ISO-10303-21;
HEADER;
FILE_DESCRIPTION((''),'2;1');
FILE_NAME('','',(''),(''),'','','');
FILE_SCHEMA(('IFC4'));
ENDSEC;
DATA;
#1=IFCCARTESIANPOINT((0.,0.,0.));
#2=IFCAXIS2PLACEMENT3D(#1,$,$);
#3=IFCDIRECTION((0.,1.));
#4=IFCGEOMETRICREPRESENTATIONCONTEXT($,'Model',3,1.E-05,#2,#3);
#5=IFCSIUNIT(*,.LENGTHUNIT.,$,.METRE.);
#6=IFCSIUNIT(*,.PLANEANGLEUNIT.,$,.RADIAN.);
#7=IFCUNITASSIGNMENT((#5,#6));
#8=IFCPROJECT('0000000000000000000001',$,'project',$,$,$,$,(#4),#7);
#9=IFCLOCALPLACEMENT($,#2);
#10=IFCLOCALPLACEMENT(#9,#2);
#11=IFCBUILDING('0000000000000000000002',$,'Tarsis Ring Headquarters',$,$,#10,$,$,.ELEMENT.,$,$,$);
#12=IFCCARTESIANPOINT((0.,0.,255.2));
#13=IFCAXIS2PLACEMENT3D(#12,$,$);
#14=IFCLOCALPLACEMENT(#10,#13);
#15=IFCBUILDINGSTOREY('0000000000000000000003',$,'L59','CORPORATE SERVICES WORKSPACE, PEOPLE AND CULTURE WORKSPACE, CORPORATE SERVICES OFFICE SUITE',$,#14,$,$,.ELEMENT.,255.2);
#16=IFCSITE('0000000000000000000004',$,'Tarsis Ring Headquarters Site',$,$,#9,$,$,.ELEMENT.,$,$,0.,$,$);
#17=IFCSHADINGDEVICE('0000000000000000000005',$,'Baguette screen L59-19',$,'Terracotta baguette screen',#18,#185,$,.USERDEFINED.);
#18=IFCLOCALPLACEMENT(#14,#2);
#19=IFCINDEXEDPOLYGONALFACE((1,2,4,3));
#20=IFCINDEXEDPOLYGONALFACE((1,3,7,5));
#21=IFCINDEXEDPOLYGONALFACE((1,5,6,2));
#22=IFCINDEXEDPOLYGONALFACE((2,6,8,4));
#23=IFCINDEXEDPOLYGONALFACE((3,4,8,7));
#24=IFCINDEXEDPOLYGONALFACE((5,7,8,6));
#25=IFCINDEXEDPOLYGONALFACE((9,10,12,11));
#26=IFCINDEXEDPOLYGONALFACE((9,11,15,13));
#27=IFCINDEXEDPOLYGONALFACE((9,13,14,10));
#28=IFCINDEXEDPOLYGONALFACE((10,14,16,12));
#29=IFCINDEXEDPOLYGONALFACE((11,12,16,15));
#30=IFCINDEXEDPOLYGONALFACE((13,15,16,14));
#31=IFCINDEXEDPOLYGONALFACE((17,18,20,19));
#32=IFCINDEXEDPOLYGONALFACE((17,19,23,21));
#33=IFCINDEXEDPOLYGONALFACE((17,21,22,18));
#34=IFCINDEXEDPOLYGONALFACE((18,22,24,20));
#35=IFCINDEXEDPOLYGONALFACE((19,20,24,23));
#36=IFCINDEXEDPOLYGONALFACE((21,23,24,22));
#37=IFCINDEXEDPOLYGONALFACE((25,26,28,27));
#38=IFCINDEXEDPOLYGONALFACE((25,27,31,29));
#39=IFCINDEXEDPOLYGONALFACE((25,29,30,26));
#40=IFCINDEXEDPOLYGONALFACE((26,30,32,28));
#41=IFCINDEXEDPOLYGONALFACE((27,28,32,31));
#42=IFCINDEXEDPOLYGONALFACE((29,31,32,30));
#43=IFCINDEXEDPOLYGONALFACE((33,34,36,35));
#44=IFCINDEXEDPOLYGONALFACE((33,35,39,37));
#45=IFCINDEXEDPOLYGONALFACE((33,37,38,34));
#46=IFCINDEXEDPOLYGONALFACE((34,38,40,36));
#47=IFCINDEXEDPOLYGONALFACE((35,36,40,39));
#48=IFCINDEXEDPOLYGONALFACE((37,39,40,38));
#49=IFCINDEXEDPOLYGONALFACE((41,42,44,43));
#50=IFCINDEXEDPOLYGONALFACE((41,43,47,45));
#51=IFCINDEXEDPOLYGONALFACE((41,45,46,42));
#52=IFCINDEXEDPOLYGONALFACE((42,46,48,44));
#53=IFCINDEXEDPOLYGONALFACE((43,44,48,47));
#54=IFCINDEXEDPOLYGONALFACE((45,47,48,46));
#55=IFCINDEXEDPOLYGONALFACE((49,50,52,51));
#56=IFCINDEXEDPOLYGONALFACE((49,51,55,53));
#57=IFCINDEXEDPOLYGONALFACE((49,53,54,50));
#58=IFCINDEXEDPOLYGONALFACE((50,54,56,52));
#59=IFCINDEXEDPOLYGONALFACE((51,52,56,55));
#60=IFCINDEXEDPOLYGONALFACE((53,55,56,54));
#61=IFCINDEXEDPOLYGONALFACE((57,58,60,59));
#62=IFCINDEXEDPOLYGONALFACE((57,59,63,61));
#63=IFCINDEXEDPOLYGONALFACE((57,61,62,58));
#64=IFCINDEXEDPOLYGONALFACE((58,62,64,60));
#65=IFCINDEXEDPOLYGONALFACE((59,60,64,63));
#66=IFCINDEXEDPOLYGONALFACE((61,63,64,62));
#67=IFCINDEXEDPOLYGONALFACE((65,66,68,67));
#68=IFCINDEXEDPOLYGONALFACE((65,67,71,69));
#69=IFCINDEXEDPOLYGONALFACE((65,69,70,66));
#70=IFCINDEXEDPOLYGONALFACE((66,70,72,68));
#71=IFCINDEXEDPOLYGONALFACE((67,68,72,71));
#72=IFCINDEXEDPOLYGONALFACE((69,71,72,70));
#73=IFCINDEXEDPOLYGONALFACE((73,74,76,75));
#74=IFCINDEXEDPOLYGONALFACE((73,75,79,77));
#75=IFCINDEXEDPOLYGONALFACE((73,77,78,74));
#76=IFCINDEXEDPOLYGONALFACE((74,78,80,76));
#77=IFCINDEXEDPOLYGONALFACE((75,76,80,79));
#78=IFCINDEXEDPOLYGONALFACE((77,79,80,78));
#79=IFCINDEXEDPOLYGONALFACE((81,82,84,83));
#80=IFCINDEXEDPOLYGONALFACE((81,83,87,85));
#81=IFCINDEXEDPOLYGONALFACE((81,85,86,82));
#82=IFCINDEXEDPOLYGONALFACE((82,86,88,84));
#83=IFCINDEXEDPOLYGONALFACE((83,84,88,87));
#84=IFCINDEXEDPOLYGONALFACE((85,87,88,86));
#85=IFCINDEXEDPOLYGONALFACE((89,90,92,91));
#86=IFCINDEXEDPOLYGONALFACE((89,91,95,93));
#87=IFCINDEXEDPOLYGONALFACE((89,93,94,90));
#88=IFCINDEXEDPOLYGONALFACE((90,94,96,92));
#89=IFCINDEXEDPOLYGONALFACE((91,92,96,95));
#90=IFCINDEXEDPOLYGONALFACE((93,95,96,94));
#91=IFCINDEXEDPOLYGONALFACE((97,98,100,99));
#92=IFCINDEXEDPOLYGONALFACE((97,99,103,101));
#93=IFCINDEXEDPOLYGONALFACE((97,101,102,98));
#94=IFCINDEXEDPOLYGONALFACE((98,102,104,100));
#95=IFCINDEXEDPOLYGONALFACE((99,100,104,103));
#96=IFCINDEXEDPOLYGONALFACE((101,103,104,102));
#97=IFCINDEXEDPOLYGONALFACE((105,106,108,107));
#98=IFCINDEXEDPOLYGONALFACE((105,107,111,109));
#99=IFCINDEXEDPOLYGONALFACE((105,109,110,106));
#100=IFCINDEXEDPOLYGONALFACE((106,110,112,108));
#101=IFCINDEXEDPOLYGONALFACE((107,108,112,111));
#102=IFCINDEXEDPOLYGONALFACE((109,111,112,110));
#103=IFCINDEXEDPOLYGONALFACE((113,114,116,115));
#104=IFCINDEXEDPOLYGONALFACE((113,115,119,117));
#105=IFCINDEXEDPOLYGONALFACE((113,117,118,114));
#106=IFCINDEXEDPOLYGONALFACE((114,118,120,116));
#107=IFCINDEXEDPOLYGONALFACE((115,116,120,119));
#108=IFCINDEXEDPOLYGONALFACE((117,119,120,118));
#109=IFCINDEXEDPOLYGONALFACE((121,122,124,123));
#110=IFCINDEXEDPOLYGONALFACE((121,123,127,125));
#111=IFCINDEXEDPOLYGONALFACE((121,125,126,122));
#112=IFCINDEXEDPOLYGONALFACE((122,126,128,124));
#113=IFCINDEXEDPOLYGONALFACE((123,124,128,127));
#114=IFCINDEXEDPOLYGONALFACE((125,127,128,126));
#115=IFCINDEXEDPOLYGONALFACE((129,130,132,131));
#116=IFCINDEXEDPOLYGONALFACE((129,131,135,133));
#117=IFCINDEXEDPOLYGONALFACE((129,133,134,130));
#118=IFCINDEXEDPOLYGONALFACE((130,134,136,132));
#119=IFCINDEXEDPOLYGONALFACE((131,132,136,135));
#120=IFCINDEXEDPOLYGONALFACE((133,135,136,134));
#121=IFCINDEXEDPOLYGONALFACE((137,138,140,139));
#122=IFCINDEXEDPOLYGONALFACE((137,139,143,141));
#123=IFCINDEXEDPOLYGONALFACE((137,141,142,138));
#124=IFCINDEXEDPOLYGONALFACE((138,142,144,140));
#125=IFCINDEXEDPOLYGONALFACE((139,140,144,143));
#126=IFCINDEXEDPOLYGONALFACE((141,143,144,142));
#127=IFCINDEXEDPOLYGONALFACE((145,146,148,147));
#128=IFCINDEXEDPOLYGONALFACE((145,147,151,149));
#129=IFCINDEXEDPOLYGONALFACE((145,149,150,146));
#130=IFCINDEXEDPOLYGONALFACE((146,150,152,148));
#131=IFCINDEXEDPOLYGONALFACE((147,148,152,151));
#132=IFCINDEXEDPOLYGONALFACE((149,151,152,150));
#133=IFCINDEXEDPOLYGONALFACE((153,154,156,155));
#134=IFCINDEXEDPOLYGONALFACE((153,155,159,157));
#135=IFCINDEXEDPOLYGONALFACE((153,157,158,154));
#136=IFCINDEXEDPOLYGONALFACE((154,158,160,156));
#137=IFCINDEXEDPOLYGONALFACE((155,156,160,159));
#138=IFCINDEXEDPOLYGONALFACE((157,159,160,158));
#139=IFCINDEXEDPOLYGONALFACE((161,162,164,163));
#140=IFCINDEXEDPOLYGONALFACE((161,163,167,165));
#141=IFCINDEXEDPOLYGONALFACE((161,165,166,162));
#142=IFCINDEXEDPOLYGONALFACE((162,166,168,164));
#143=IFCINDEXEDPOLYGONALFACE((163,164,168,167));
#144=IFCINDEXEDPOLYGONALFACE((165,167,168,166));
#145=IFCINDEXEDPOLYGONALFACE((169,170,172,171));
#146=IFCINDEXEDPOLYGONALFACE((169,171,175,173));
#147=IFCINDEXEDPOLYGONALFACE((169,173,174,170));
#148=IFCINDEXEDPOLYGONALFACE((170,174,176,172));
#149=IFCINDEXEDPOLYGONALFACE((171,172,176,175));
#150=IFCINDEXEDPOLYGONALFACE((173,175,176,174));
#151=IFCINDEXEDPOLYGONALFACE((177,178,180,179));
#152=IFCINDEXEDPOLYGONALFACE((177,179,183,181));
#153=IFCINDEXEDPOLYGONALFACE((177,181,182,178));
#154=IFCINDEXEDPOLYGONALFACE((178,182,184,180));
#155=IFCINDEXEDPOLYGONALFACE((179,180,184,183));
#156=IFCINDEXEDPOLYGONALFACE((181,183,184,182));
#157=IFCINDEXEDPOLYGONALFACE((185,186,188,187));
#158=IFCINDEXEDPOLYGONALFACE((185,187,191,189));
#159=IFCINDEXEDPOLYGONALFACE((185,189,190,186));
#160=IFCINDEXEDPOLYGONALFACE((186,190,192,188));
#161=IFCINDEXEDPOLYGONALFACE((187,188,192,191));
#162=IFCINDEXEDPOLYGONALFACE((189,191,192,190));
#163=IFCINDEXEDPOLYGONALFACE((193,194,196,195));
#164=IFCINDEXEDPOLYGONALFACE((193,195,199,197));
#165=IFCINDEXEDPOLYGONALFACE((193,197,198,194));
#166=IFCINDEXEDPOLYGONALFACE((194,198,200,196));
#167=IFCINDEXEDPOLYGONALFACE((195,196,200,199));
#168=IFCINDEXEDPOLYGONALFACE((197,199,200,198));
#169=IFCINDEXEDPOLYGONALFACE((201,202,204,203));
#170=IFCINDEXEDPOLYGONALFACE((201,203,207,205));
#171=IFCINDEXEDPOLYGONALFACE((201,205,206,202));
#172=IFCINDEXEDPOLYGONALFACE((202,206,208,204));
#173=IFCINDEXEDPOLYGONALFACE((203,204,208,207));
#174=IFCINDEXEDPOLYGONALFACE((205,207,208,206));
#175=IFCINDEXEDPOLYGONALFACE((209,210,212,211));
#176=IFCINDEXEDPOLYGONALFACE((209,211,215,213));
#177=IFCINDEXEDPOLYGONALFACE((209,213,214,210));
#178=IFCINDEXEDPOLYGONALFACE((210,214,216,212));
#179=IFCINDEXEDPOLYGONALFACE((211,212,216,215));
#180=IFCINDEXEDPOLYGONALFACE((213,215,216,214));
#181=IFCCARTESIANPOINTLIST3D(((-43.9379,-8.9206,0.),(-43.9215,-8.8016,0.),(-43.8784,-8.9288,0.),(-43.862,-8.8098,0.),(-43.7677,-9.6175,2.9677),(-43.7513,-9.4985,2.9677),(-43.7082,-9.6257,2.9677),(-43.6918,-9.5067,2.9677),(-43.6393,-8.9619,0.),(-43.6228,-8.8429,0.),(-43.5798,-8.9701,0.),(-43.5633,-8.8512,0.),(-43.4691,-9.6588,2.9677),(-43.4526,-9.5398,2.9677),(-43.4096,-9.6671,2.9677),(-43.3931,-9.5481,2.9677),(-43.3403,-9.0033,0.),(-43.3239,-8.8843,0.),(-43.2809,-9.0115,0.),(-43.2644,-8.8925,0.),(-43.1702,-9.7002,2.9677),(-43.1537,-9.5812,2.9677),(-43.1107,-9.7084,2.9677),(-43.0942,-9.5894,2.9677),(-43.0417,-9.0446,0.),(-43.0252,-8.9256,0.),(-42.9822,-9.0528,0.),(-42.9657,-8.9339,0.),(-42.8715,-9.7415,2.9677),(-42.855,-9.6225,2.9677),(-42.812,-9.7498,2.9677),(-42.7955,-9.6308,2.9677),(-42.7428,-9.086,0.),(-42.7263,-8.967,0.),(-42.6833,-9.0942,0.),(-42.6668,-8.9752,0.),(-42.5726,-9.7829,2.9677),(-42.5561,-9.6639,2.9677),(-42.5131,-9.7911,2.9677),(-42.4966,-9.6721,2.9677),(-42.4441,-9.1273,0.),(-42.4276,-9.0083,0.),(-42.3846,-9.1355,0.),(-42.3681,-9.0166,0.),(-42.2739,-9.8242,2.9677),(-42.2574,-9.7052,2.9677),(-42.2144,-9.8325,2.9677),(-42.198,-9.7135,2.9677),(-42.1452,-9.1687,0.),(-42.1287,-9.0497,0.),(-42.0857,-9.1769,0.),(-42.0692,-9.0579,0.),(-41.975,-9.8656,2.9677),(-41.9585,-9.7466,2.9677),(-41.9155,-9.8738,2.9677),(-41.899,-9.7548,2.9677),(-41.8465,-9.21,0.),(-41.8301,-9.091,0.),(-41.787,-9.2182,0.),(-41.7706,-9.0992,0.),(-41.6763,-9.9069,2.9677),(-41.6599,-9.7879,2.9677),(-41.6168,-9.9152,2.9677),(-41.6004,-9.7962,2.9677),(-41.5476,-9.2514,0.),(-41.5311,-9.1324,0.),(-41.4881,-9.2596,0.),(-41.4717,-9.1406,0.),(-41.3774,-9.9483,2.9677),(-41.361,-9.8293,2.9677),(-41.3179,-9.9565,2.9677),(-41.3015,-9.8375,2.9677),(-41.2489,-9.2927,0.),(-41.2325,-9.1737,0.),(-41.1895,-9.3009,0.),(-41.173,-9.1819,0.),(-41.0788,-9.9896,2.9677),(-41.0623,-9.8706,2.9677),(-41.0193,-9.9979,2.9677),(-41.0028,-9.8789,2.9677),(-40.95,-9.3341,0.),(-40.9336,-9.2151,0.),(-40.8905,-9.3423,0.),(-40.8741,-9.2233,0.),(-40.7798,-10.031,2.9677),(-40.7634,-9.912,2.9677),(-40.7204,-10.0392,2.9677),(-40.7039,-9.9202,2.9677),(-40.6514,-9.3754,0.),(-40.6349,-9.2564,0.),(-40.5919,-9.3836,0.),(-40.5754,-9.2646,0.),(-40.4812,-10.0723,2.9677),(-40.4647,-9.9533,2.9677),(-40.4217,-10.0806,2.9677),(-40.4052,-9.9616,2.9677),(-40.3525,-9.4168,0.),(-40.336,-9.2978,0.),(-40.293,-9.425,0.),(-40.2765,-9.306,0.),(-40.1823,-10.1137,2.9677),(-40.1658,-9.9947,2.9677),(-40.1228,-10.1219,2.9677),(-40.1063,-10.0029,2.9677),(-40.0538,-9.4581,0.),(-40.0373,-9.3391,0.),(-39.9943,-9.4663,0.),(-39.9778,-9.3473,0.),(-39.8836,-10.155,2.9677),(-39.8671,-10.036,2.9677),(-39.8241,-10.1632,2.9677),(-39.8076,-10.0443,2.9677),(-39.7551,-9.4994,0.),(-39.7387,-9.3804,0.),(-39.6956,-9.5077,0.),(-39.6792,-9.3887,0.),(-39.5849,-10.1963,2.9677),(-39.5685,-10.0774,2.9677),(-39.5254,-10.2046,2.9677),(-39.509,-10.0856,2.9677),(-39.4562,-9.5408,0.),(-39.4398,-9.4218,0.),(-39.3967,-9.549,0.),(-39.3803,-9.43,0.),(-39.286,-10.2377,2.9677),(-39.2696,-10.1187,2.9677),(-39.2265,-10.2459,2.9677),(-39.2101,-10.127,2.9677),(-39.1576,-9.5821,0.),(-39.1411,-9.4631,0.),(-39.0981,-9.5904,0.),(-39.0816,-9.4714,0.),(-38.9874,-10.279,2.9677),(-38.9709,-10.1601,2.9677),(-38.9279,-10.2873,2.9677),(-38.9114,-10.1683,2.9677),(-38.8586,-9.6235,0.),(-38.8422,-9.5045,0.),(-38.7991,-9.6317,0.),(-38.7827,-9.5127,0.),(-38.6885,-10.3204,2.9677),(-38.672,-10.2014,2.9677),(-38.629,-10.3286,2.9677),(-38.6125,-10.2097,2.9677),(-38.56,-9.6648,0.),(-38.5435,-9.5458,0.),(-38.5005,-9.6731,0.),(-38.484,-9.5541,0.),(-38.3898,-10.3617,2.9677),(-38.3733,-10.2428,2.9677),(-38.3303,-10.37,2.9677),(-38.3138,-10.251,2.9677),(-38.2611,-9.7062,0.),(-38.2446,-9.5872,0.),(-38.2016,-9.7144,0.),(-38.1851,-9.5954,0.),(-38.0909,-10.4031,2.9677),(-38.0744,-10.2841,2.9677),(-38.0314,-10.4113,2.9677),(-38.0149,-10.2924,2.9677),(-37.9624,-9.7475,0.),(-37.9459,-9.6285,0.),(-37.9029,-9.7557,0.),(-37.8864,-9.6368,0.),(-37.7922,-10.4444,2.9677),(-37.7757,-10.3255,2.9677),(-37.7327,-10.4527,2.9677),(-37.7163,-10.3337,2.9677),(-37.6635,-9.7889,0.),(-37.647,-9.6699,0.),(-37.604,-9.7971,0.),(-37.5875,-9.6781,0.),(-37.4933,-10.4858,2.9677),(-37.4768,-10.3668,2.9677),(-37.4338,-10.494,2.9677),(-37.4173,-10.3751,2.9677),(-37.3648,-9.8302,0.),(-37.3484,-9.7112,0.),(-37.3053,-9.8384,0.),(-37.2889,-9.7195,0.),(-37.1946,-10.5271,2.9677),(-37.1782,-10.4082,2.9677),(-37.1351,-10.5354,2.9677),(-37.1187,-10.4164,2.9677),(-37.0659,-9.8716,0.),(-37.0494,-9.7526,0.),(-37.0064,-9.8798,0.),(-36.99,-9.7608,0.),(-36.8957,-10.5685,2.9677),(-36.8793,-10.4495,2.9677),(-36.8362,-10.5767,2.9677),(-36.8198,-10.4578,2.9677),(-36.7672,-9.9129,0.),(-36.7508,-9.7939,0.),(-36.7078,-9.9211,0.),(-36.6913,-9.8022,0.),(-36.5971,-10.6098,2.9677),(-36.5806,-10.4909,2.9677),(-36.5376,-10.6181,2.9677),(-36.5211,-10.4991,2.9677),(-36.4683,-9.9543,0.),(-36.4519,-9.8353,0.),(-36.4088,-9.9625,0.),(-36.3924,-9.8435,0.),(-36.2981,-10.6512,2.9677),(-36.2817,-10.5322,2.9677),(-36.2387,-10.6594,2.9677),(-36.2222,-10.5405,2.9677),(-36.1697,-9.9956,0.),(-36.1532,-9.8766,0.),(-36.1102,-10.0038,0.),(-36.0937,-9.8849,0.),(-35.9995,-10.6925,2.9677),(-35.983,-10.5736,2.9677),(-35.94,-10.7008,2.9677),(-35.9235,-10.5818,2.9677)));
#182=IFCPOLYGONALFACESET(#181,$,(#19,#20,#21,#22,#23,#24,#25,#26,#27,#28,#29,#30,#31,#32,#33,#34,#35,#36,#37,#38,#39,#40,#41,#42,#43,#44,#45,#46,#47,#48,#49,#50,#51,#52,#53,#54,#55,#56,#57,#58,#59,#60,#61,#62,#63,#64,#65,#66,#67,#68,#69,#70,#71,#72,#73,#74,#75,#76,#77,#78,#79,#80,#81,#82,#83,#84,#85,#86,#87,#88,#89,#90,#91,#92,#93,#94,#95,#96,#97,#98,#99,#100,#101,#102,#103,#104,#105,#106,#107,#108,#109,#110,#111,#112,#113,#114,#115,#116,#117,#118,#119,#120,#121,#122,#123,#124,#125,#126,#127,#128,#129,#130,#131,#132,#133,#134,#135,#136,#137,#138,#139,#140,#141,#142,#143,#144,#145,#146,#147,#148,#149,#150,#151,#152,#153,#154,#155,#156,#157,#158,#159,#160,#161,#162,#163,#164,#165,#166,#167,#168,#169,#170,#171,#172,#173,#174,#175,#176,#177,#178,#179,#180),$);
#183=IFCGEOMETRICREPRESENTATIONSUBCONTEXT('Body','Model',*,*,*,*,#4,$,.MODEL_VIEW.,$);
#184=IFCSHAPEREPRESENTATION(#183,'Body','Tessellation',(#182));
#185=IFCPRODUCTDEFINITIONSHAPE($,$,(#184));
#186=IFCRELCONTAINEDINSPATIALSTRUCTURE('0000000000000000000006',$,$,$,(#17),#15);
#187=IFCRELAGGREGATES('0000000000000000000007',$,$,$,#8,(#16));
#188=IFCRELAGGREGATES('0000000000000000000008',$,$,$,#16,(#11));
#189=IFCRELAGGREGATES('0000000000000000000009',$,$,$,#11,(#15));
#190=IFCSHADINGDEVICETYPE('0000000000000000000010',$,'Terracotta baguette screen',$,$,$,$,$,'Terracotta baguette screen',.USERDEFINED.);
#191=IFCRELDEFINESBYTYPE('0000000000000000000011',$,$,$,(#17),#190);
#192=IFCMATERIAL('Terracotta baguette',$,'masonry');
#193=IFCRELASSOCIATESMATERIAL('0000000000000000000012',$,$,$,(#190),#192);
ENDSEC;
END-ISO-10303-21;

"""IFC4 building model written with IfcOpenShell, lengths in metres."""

from ifc_helpers import new_model, si_unit, direction, frame, frame_2d, origin, place, context, subcontext, project, spatial, rectangle, composite_profile, extrude, material, type_object, element, save


model = new_model("IFC4")

# Units and contexts
model_context = context("Model", 3, precision=1e-05, world=origin(), true_north=direction((0.0, 1.0)))
body_context = subcontext(model_context, "Body", "Model", "MODEL_VIEW")
ifc_project = project(units=[si_unit("LENGTHUNIT", "METRE"), si_unit("PLANEANGLEUNIT", "RADIAN")], contexts=[model_context])

# Site, building, storey
site_placement = place(None, origin())
site = spatial("IfcSite", under=ifc_project, at=site_placement, Name="Tarsis Ring Headquarters Site", CompositionType="ELEMENT", RefElevation=0.0)
building_placement = place(site_placement, origin())
building = spatial("IfcBuilding", under=site, at=building_placement, Name="Tarsis Ring Headquarters", CompositionType="ELEMENT")
storey_placement = place(building_placement, frame((0.0, 0.0, 255.2)))
storey = spatial("IfcBuildingStorey", under=building, at=storey_placement, Name="L59", Description="CORPORATE SERVICES WORKSPACE, PEOPLE AND CULTURE WORKSPACE, CORPORATE SERVICES OFFICE SUITE", CompositionType="ELEMENT", Elevation=255.2)

# Shading device
ifc_material_1 = material(Name="Terracotta baguette", Category="masonry")
shading_device_type_1 = type_object("IfcShadingDeviceType", Name="Terracotta baguette screen", ElementType="Terracotta baguette screen", PredefinedType="USERDEFINED", material=ifc_material_1)
shading_device_1_placement = place(storey_placement, frame((-43.9297, -8.8611, 0.0), z_axis=(0.0, 0.0, 1.0), x_axis=(0.990546, -0.13708, 0.0)))
element("IfcShadingDevice", 1, at=shading_device_1_placement, inside=storey, type_object=shading_device_type_1, Name="Baguette screen L59-19", ObjectType="Terracotta baguette screen", PredefinedType="USERDEFINED", context=body_context, shape_type="SweptSolid", body=[
    extrude(composite_profile([rectangle(XDim=0.0601, YDim=0.1201, at=frame_2d((0.03, 0.0))), rectangle(XDim=0.0601, YDim=0.1201, at=frame_2d((0.3315, 0.0))), rectangle(XDim=0.0601, YDim=0.1201, at=frame_2d((0.6333, 0.0))), rectangle(XDim=0.0601, YDim=0.1201, at=frame_2d((0.9348, 0.0))), rectangle(XDim=0.0601, YDim=0.1201, at=frame_2d((1.2366, 0.0))), rectangle(XDim=0.0601, YDim=0.1201, at=frame_2d((1.5381, 0.0))), rectangle(XDim=0.0601, YDim=0.1201, at=frame_2d((1.8398, 0.0))), rectangle(XDim=0.0601, YDim=0.1201, at=frame_2d((2.1414, 0.0))), rectangle(XDim=0.0601, YDim=0.1201, at=frame_2d((2.4431, 0.0))), rectangle(XDim=0.0601, YDim=0.1201, at=frame_2d((2.7446, 0.0))), rectangle(XDim=0.0601, YDim=0.1201, at=frame_2d((3.0464, 0.0))), rectangle(XDim=0.0601, YDim=0.1201, at=frame_2d((3.3479, 0.0))), rectangle(XDim=0.0601, YDim=0.1201, at=frame_2d((3.6497, 0.0))), rectangle(XDim=0.0601, YDim=0.1201, at=frame_2d((3.9512, 0.0))), rectangle(XDim=0.0601, YDim=0.1201, at=frame_2d((4.2527, 0.0))), rectangle(XDim=0.0601, YDim=0.1201, at=frame_2d((4.5544, 0.0))), rectangle(XDim=0.0601, YDim=0.1201, at=frame_2d((4.856, 0.0))), rectangle(XDim=0.0601, YDim=0.1201, at=frame_2d((5.1577, 0.0))), rectangle(XDim=0.0601, YDim=0.1201, at=frame_2d((5.4592, 0.0))), rectangle(XDim=0.0601, YDim=0.1201, at=frame_2d((5.761, 0.0))), rectangle(XDim=0.0601, YDim=0.1201, at=frame_2d((6.0625, 0.0))), rectangle(XDim=0.0601, YDim=0.1201, at=frame_2d((6.3643, 0.0))), rectangle(XDim=0.0601, YDim=0.1201, at=frame_2d((6.6658, 0.0))), rectangle(XDim=0.0601, YDim=0.1201, at=frame_2d((6.9675, 0.0))), rectangle(XDim=0.0601, YDim=0.1201, at=frame_2d((7.269, 0.0))), rectangle(XDim=0.0601, YDim=0.1201, at=frame_2d((7.5708, 0.0))), rectangle(XDim=0.0601, YDim=0.1201, at=frame_2d((7.8723, 0.0)))]), origin(), (0.086505, -0.218463, 0.972004), 3.0532),
])

save(model, "model.ifc")
